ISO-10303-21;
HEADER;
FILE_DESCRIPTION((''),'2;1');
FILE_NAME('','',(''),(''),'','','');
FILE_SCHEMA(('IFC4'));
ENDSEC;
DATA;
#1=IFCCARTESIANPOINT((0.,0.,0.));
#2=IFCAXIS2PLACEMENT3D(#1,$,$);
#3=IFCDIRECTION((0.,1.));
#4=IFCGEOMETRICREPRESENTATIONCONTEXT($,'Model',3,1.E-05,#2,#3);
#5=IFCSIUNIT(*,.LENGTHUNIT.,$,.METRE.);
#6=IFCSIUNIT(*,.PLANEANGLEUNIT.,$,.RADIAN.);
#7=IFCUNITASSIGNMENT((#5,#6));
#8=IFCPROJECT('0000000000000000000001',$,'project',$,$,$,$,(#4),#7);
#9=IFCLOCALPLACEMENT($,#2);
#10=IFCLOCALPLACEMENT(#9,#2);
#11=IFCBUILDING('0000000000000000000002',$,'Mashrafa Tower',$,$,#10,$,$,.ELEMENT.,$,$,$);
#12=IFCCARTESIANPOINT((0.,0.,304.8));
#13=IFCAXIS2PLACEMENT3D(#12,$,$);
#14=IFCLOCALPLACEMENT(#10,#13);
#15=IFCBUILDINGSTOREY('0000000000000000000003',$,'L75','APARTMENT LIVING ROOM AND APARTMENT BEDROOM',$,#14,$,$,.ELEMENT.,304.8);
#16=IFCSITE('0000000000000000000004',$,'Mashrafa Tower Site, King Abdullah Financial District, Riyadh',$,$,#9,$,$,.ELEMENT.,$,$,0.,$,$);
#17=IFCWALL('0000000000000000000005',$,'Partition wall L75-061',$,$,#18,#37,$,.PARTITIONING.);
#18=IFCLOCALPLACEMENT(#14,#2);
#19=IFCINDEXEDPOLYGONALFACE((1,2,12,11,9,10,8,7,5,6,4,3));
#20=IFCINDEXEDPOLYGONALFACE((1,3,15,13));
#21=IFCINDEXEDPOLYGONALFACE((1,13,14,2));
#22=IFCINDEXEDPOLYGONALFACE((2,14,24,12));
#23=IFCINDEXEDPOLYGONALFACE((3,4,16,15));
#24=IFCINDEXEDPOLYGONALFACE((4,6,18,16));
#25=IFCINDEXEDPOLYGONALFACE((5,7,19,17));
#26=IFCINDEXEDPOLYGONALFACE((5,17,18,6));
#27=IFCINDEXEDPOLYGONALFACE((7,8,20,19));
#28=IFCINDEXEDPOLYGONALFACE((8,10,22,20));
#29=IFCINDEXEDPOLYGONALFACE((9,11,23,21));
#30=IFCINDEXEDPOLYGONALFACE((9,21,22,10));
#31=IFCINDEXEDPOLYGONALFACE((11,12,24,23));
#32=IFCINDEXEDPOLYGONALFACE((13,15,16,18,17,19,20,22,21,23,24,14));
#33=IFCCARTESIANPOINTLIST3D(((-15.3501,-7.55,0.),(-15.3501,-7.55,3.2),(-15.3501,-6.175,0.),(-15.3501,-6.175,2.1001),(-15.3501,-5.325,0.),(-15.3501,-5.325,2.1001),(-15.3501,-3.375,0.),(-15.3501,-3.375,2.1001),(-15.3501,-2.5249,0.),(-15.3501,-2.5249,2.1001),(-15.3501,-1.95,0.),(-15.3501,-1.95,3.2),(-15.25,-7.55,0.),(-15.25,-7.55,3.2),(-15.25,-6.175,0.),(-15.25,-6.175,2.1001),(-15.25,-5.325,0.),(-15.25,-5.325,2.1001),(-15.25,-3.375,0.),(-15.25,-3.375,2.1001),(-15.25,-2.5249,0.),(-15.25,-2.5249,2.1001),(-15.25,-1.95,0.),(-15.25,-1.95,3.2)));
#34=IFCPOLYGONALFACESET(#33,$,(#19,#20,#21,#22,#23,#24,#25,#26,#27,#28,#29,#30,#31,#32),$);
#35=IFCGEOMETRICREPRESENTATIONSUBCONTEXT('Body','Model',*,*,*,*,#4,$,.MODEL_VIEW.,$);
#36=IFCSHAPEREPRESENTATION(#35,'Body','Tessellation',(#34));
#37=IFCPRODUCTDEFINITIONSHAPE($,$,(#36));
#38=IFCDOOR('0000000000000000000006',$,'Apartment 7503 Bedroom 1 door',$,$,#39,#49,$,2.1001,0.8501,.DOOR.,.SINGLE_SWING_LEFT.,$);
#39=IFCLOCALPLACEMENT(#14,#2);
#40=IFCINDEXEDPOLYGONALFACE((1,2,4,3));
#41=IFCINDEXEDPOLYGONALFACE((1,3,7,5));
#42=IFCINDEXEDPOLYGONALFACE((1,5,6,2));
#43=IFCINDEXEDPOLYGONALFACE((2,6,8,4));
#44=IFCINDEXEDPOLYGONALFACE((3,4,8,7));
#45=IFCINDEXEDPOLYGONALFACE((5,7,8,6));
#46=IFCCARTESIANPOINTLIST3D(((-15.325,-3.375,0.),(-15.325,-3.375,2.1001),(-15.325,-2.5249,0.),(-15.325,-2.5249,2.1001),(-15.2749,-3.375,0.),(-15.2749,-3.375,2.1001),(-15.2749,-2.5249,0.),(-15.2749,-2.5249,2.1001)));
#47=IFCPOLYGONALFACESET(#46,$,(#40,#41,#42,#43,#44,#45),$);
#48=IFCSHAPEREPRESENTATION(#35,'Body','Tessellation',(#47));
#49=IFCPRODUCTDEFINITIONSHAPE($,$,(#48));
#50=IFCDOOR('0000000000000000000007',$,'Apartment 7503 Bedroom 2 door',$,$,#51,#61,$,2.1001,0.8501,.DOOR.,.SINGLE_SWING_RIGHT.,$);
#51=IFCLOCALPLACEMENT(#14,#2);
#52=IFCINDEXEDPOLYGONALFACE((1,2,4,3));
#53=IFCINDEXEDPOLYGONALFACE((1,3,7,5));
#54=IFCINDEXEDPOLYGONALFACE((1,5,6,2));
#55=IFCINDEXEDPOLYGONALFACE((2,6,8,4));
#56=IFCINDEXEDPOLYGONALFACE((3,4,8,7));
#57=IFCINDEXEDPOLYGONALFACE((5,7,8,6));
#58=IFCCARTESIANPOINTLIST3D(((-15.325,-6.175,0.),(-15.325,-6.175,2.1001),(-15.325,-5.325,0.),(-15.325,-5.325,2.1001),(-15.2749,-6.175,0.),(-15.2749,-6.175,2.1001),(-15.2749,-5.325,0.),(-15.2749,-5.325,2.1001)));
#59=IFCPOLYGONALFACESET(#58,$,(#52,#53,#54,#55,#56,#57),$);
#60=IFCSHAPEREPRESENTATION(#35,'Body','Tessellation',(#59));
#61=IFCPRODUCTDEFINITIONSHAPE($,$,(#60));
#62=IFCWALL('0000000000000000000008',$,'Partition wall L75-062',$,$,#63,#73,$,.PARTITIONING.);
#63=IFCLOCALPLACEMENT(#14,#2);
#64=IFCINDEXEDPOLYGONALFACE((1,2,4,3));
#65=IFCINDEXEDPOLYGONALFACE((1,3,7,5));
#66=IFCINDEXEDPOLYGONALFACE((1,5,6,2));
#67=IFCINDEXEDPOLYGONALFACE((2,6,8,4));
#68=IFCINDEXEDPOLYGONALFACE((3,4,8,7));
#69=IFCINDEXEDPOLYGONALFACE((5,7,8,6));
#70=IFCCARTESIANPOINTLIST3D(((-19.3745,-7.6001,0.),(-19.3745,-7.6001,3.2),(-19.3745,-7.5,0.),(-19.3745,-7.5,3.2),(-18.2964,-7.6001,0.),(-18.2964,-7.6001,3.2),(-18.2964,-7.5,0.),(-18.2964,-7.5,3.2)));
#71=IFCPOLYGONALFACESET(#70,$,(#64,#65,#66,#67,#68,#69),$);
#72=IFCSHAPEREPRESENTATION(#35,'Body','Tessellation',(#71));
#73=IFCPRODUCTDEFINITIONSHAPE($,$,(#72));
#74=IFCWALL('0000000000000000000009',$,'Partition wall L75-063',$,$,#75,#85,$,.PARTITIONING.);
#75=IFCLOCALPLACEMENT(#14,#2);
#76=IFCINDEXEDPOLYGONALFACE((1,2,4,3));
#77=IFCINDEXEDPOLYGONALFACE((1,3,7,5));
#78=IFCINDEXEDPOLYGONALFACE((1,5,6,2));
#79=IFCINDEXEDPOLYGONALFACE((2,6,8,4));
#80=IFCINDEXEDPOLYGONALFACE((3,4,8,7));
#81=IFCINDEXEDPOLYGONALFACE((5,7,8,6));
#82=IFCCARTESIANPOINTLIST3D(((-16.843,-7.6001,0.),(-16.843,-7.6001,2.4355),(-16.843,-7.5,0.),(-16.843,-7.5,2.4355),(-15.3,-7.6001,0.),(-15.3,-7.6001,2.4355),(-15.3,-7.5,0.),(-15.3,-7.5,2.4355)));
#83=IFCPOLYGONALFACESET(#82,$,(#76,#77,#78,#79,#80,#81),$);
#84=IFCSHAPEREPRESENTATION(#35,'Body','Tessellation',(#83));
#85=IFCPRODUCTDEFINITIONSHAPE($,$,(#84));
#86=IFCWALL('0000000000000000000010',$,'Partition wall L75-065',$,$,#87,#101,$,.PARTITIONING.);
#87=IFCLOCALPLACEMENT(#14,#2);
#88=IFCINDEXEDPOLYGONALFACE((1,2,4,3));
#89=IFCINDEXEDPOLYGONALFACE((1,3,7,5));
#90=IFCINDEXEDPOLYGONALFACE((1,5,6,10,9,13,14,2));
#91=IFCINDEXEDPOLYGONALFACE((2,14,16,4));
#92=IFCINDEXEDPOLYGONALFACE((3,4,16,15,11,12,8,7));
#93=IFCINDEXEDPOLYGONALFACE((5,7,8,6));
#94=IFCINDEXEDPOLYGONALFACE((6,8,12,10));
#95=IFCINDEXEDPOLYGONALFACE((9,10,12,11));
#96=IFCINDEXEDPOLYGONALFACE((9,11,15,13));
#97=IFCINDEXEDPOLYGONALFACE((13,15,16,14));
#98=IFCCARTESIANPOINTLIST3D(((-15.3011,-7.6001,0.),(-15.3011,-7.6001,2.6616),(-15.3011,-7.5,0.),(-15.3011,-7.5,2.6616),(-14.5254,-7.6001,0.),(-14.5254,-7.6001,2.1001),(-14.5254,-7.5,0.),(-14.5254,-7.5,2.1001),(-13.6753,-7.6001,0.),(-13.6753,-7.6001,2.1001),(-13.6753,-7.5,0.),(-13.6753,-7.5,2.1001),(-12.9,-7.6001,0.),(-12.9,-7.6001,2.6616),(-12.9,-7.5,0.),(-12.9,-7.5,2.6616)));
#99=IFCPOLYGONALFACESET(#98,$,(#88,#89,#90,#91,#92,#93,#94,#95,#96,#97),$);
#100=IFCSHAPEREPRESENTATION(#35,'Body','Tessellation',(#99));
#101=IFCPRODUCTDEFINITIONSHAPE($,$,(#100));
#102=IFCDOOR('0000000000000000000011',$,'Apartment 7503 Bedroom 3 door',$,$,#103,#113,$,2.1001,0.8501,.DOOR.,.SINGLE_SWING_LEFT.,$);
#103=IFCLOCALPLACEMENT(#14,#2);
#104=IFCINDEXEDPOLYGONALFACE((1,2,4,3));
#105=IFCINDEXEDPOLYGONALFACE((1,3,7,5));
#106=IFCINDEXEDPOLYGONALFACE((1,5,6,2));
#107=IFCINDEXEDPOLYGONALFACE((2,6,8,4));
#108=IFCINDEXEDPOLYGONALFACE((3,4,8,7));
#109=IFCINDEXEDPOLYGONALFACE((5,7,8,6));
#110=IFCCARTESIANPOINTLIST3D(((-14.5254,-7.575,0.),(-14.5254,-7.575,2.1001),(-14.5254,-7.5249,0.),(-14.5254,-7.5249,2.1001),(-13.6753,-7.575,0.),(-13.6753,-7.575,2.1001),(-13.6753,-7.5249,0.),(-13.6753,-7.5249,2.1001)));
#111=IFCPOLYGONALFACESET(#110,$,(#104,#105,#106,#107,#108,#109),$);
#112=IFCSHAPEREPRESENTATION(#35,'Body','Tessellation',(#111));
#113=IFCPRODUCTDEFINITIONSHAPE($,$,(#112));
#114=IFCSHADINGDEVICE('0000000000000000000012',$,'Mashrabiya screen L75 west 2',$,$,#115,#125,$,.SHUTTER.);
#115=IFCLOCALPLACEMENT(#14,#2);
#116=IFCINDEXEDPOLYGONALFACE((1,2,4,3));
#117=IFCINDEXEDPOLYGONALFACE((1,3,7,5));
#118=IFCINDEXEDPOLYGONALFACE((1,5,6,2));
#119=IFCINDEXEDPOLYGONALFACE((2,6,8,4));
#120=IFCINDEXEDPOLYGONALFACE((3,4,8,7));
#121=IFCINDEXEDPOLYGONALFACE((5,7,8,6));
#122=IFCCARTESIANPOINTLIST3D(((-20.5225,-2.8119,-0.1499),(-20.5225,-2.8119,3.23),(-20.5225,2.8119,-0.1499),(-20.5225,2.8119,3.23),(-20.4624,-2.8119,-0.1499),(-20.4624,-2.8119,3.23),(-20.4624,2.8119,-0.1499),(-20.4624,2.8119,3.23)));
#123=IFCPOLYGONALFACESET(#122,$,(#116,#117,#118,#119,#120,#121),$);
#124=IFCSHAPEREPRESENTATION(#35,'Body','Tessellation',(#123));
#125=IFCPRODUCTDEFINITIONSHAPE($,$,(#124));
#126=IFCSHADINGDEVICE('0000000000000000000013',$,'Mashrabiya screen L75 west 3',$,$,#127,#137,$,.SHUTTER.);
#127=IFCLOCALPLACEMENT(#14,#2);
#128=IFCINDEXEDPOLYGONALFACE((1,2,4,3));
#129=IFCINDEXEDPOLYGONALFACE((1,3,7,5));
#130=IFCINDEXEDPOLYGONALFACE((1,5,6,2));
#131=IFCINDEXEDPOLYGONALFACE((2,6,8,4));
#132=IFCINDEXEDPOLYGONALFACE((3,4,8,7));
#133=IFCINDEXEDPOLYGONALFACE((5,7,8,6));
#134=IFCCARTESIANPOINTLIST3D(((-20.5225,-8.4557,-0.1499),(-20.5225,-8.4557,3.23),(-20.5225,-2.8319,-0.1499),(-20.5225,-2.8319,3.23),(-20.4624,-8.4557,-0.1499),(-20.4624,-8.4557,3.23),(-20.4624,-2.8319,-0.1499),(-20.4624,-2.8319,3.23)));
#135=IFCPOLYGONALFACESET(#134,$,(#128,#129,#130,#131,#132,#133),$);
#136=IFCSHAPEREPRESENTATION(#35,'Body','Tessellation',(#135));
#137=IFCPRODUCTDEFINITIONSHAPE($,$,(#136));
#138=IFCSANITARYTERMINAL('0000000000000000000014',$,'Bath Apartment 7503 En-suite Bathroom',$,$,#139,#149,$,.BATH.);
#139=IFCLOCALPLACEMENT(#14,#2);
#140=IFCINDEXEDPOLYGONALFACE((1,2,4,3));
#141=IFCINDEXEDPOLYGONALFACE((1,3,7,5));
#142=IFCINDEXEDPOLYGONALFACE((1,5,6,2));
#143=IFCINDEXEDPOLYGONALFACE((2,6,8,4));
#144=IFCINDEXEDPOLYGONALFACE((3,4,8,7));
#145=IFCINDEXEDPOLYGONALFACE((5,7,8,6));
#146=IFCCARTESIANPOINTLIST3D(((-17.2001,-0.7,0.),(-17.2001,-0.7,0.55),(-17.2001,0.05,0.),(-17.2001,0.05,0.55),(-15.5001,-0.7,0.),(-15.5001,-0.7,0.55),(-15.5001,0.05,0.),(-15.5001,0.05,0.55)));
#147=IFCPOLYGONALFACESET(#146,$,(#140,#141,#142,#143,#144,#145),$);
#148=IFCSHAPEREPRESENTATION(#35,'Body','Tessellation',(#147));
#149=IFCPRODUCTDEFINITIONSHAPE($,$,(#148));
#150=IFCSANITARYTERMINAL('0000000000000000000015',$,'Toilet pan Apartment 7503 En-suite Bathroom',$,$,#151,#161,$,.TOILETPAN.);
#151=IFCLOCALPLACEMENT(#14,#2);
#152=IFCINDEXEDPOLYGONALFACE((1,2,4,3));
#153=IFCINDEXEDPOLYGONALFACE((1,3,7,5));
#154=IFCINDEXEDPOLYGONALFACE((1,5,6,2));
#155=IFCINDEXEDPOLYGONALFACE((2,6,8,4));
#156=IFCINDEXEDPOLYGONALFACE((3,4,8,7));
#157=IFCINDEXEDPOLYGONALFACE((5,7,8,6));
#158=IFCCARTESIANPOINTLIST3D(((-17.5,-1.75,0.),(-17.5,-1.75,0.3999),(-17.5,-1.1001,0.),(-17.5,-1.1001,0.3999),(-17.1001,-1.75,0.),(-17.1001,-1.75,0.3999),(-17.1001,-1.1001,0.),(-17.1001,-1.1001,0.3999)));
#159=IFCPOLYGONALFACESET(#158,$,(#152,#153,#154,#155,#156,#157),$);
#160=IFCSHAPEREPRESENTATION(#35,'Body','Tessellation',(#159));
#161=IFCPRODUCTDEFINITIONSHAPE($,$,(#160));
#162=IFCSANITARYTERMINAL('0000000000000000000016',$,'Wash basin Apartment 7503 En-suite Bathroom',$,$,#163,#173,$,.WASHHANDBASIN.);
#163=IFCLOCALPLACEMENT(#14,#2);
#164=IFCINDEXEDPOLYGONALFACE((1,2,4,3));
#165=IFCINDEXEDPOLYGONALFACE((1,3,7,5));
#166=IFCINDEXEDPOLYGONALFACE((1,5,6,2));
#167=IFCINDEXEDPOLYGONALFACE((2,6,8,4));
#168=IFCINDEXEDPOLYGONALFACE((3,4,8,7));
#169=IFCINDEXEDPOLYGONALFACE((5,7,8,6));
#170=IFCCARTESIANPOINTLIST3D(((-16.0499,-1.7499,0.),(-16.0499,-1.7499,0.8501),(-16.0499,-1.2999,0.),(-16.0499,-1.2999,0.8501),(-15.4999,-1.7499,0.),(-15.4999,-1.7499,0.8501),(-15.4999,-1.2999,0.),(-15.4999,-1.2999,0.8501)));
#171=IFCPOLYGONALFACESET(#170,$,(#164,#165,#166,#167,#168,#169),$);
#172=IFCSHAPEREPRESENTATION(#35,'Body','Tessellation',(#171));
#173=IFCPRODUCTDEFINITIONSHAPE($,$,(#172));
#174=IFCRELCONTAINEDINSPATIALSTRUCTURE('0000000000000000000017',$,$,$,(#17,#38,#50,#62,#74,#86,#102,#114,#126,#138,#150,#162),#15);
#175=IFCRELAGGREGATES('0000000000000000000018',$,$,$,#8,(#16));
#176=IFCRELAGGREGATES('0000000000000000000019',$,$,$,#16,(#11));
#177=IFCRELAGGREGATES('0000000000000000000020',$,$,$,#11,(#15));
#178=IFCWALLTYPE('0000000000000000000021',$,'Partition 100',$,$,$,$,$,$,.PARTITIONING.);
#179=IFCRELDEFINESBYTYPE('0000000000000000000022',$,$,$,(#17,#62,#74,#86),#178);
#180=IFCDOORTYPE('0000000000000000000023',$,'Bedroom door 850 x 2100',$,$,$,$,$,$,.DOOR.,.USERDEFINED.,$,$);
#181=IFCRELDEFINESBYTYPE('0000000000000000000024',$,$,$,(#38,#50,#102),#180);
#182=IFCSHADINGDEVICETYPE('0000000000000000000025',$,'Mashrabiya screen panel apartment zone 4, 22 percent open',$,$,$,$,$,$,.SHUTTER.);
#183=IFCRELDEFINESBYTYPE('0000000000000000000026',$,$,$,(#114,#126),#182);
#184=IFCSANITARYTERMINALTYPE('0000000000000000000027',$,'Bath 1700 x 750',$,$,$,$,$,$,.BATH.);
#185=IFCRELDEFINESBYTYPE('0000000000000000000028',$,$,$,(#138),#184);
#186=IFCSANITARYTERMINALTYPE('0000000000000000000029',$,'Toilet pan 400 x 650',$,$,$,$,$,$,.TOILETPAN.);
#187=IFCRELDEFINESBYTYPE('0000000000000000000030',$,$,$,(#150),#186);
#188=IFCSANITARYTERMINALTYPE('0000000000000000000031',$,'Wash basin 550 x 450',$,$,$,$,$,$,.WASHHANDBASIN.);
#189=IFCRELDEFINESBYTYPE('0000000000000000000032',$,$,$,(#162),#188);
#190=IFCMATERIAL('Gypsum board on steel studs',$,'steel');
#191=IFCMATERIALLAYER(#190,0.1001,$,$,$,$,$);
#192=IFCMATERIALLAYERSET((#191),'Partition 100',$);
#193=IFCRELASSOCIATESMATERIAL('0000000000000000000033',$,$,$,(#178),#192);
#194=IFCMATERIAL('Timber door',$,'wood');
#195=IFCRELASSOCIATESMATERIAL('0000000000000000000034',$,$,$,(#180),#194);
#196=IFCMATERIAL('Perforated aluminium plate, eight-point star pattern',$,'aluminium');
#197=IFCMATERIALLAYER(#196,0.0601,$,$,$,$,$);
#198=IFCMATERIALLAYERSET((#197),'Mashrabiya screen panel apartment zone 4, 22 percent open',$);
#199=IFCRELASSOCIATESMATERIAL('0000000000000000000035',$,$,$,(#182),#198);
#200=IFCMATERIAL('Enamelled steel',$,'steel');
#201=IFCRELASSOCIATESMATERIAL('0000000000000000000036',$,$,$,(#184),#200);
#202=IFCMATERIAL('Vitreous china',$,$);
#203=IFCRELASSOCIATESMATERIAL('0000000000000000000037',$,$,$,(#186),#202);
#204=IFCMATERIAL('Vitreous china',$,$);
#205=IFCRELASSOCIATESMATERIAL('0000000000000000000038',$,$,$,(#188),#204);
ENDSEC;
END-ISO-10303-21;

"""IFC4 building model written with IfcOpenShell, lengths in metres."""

from ifc_helpers import new_model, si_unit, direction, frame, frame_2d, origin, origin_2d, place, context, subcontext, project, spatial, rectangle, extrude, source, transform, mapped, material, layer, layer_set, type_object, type_shapes, element, fill, save


model = new_model("IFC4")

# Units and contexts
model_context = context("Model", 3, precision=1e-05, world=origin(), true_north=direction((0.0, 1.0)))
body_context = subcontext(model_context, "Body", "Model", "MODEL_VIEW")
ifc_project = project(units=[si_unit("LENGTHUNIT", "METRE"), si_unit("PLANEANGLEUNIT", "RADIAN")], contexts=[model_context])

# Site, building, storey
site_placement = place(None, origin())
site = spatial("IfcSite", under=ifc_project, at=site_placement, Name="Mashrafa Tower Site, King Abdullah Financial District, Riyadh", CompositionType="ELEMENT", RefElevation=0.0)
building_placement = place(site_placement, origin())
building = spatial("IfcBuilding", under=site, at=building_placement, Name="Mashrafa Tower", CompositionType="ELEMENT")
storey_placement = place(building_placement, frame((0.0, 0.0, 304.8)))
storey = spatial("IfcBuildingStorey", under=building, at=storey_placement, Name="L75", Description="APARTMENT LIVING ROOM AND APARTMENT BEDROOM", CompositionType="ELEMENT", Elevation=304.8)

# Shared definitions
ifc_material_1 = material(Name="Gypsum board on steel studs", Category="steel")
ifc_layer_1 = layer(ifc_material_1, 0.1001)
ifc_layer_set_1 = layer_set([ifc_layer_1], Name="Partition 100")
wall_type_1 = type_object("IfcWallType", Name="Partition 100", PredefinedType="PARTITIONING", material=ifc_layer_set_1)

# Wall, openings, doors
wall_1_placement = place(storey_placement, frame((-15.3, -1.95, 0.0), z_axis=(0.0, 0.0, 1.0), x_axis=(0.0, -1.0, 0.0)))
wall_1 = element("IfcWall", 1, at=wall_1_placement, inside=storey, type_object=wall_type_1, Name="Partition wall L75-061", PredefinedType="PARTITIONING", context=body_context, shape_type="SweptSolid", body=[
    extrude(rectangle(XDim=5.6001, YDim=0.1001, at=frame_2d((2.8, 0.0))), origin(), (0.0, 0.0, 1.0), 3.2),
])
opening_1_placement = place(wall_1_placement, frame((0.575, 0.0, 0.0)))
opening_1 = element("IfcOpeningElement", 2, at=opening_1_placement, cuts=wall_1, PredefinedType="OPENING", context=body_context, shape_type="SweptSolid", body=[
    extrude(rectangle(XDim=0.8501, YDim=2.1001, at=frame_2d((0.425, 1.05))), frame((0.0, 0.0601, 0.0), z_axis=(0.0, -1.0, 0.0), x_axis=(1.0, 0.0, 0.0)), (0.0, 0.0, 1.0), 0.1201),
])
opening_2_placement = place(wall_1_placement, frame((3.375, 0.0, 0.0)))
opening_2 = element("IfcOpeningElement", 3, at=opening_2_placement, cuts=wall_1, PredefinedType="OPENING", context=body_context, shape_type="SweptSolid", body=[
    extrude(rectangle(XDim=0.8501, YDim=2.1001, at=frame_2d((0.425, 1.05))), frame((0.0, 0.0601, 0.0), z_axis=(0.0, -1.0, 0.0), x_axis=(1.0, 0.0, 0.0)), (0.0, 0.0, 1.0), 0.1201),
])
ifc_material_2 = material(Name="Timber door", Category="wood")
door_type_1 = type_object("IfcDoorType", Name="Bedroom door 850 x 2100", OperationType="USERDEFINED", PredefinedType="DOOR", material=ifc_material_2)
door_1_placement = place(opening_1_placement, frame((0.8501, 0.0, 0.0), z_axis=(0.0, 0.0, 1.0), x_axis=(-1.0, 0.0, 0.0)))
door_1 = element("IfcDoor", 4, at=door_1_placement, inside=storey, type_object=door_type_1, Name="Apartment 7503 Bedroom 1 door", OperationType="SINGLE_SWING_LEFT", OverallHeight=2.1001, OverallWidth=0.8501, PredefinedType="DOOR", context=body_context, shape_type="SweptSolid", body=[
    extrude(rectangle(XDim=0.8501, YDim=2.1001, at=frame_2d((0.425, 1.05))), frame((0.0, 0.0249, 0.0), z_axis=(0.0, -1.0, 0.0), x_axis=(1.0, 0.0, 0.0)), (0.0, 0.0, 1.0), 0.05),
])
fill(opening_1, door_1)
door_2_placement = place(opening_2_placement, frame((0.8501, 0.0, 0.0), z_axis=(0.0, 0.0, 1.0), x_axis=(-1.0, 0.0, 0.0)))
door_2 = element("IfcDoor", 5, at=door_2_placement, inside=storey, type_object=door_type_1, Name="Apartment 7503 Bedroom 2 door", OperationType="SINGLE_SWING_RIGHT", OverallHeight=2.1001, OverallWidth=0.8501, PredefinedType="DOOR", context=body_context, shape_type="SweptSolid", body=[
    extrude(rectangle(XDim=0.8501, YDim=2.1001, at=frame_2d((0.425, 1.05))), frame((0.0, 0.0249, 0.0), z_axis=(0.0, -1.0, 0.0), x_axis=(1.0, 0.0, 0.0)), (0.0, 0.0, 1.0), 0.05),
])
fill(opening_2, door_2)

# Walls
wall_2_placement = place(storey_placement, frame((-19.3745, -7.55, 0.0), z_axis=(0.0, 0.0, 1.0), x_axis=(1.0, 0.0, 0.0)))
element("IfcWall", 6, at=wall_2_placement, inside=storey, type_object=wall_type_1, Name="Partition wall L75-062", PredefinedType="PARTITIONING", context=body_context, shape_type="SweptSolid", body=[
    extrude(rectangle(XDim=1.0781, YDim=0.1001, at=frame_2d((0.5391, 0.0))), origin(), (0.0, 0.0, 1.0), 3.2),
])
wall_3_placement = place(storey_placement, frame((-16.843, -7.55, 0.0), z_axis=(0.0, 0.0, 1.0), x_axis=(1.0, 0.0, 0.0)))
element("IfcWall", 7, at=wall_3_placement, inside=storey, type_object=wall_type_1, Name="Partition wall L75-063", PredefinedType="PARTITIONING", context=body_context, shape_type="SweptSolid", body=[
    extrude(rectangle(XDim=1.543, YDim=0.1001, at=frame_2d((0.7715, 0.0))), origin(), (0.0, 0.0, 1.0), 2.4355),
])

# Wall, opening, door
wall_4_placement = place(storey_placement, frame((-12.8999, -7.55, 0.0), z_axis=(0.0, 0.0, 1.0), x_axis=(-1.0, 0.0, 0.0)))
wall_4 = element("IfcWall", 8, at=wall_4_placement, inside=storey, type_object=wall_type_1, Name="Partition wall L75-065", PredefinedType="PARTITIONING", context=body_context, shape_type="SweptSolid", body=[
    extrude(rectangle(XDim=2.4011, YDim=0.1001, at=frame_2d((1.2007, 0.0))), origin(), (0.0, 0.0, 1.0), 2.6616),
])
opening_3_placement = place(wall_4_placement, frame((0.7754, 0.0, 0.0)))
opening_3 = element("IfcOpeningElement", 9, at=opening_3_placement, cuts=wall_4, PredefinedType="OPENING", context=body_context, shape_type="SweptSolid", body=[
    extrude(rectangle(XDim=0.8501, YDim=2.1001, at=frame_2d((0.425, 1.05))), frame((0.0, 0.0601, 0.0), z_axis=(0.0, -1.0, 0.0), x_axis=(1.0, 0.0, 0.0)), (0.0, 0.0, 1.0), 0.1201),
])
door_3_placement = place(opening_3_placement, origin())
door_3 = element("IfcDoor", 10, at=door_3_placement, inside=storey, type_object=door_type_1, Name="Apartment 7503 Bedroom 3 door", OperationType="SINGLE_SWING_LEFT", OverallHeight=2.1001, OverallWidth=0.8501, PredefinedType="DOOR", context=body_context, shape_type="SweptSolid", body=[
    extrude(rectangle(XDim=0.8501, YDim=2.1001, at=frame_2d((0.425, 1.05))), frame((0.0, 0.0249, 0.0), z_axis=(0.0, -1.0, 0.0), x_axis=(1.0, 0.0, 0.0)), (0.0, 0.0, 1.0), 0.05),
])
fill(opening_3, door_3)

# Shading devices
ifc_material_3 = material(Name="Perforated aluminium plate, eight-point star pattern", Category="aluminium")
ifc_layer_2 = layer(ifc_material_3, 0.0601)
ifc_layer_set_2 = layer_set([ifc_layer_2], Name="Mashrabiya screen panel apartment zone 4, 22 percent open")
shading_device_type = type_object("IfcShadingDeviceType", Name="Mashrabiya screen panel apartment zone 4, 22 percent open", PredefinedType="SHUTTER", material=ifc_layer_set_2)
shared_shape_1 = source(origin(), body_context, "Body", "SweptSolid", [
    extrude(rectangle(XDim=5.6238, YDim=0.0601, at=origin_2d()), origin(), (0.0, 0.0, 1.0), 3.3799),
])
type_shapes(shading_device_type, [shared_shape_1])
for number, where, z_axis, x_axis, name in (
    (11, (-20.4924, 0.0, -0.1499), (0.0, 0.0, 1.0), (0.0, -1.0, 0.0), "Mashrabiya screen L75 west 2"),
    (12, (-20.4924, -5.6438, -0.1499), (0.0, 0.0, 1.0), (0.0, -1.0, 0.0), "Mashrabiya screen L75 west 3"),
):
    element("IfcShadingDevice", number, at=place(storey_placement, frame(where, z_axis=z_axis, x_axis=x_axis)), inside=storey, type_object=shading_device_type, Name=name, PredefinedType="SHUTTER", context=body_context, shape_type="MappedRepresentation", body=[
        mapped(shared_shape_1, transform((0.0, 0.0, 0.0))),
    ])

# Sanitary terminals
ifc_material_4 = material(Name="Enamelled steel", Category="steel")
sanitary_terminal_type_1 = type_object("IfcSanitaryTerminalType", Name="Bath 1700 x 750", PredefinedType="BATH", material=ifc_material_4)
sanitary_terminal_1_placement = place(storey_placement, frame((-16.3501, -0.325, 0.0), z_axis=(0.0, 0.0, 1.0), x_axis=(-1.0, 0.0, 0.0)))
element("IfcSanitaryTerminal", 13, at=sanitary_terminal_1_placement, inside=storey, type_object=sanitary_terminal_type_1, Name="Bath Apartment 7503 En-suite Bathroom", PredefinedType="BATH", context=body_context, shape_type="SweptSolid", body=[
    extrude(rectangle(XDim=1.7, YDim=0.75, at=origin_2d()), origin(), (0.0, 0.0, 1.0), 0.55),
])
ifc_material_5 = material(Name="Vitreous china")
sanitary_terminal_type_2 = type_object("IfcSanitaryTerminalType", Name="Toilet pan 400 x 650", PredefinedType="TOILETPAN", material=ifc_material_5)
sanitary_terminal_2_placement = place(storey_placement, frame((-17.3, -1.425, 0.0), z_axis=(0.0, 0.0, 1.0), x_axis=(1.0, 0.0, 0.0)))
element("IfcSanitaryTerminal", 14, at=sanitary_terminal_2_placement, inside=storey, type_object=sanitary_terminal_type_2, Name="Toilet pan Apartment 7503 En-suite Bathroom", PredefinedType="TOILETPAN", context=body_context, shape_type="SweptSolid", body=[
    extrude(rectangle(XDim=0.3999, YDim=0.6499, at=origin_2d()), origin(), (0.0, 0.0, 1.0), 0.3999),
])
ifc_material_6 = material(Name="Vitreous china")
sanitary_terminal_type_3 = type_object("IfcSanitaryTerminalType", Name="Wash basin 550 x 450", PredefinedType="WASHHANDBASIN", material=ifc_material_6)
sanitary_terminal_3_placement = place(storey_placement, frame((-15.7749, -1.5249, 0.0), z_axis=(0.0, 0.0, 1.0), x_axis=(1.0, 0.0, 0.0)))
element("IfcSanitaryTerminal", 15, at=sanitary_terminal_3_placement, inside=storey, type_object=sanitary_terminal_type_3, Name="Wash basin Apartment 7503 En-suite Bathroom", PredefinedType="WASHHANDBASIN", context=body_context, shape_type="SweptSolid", body=[
    extrude(rectangle(XDim=0.55, YDim=0.45, at=origin_2d()), origin(), (0.0, 0.0, 1.0), 0.8501),
])

save(model, "model.ifc")
